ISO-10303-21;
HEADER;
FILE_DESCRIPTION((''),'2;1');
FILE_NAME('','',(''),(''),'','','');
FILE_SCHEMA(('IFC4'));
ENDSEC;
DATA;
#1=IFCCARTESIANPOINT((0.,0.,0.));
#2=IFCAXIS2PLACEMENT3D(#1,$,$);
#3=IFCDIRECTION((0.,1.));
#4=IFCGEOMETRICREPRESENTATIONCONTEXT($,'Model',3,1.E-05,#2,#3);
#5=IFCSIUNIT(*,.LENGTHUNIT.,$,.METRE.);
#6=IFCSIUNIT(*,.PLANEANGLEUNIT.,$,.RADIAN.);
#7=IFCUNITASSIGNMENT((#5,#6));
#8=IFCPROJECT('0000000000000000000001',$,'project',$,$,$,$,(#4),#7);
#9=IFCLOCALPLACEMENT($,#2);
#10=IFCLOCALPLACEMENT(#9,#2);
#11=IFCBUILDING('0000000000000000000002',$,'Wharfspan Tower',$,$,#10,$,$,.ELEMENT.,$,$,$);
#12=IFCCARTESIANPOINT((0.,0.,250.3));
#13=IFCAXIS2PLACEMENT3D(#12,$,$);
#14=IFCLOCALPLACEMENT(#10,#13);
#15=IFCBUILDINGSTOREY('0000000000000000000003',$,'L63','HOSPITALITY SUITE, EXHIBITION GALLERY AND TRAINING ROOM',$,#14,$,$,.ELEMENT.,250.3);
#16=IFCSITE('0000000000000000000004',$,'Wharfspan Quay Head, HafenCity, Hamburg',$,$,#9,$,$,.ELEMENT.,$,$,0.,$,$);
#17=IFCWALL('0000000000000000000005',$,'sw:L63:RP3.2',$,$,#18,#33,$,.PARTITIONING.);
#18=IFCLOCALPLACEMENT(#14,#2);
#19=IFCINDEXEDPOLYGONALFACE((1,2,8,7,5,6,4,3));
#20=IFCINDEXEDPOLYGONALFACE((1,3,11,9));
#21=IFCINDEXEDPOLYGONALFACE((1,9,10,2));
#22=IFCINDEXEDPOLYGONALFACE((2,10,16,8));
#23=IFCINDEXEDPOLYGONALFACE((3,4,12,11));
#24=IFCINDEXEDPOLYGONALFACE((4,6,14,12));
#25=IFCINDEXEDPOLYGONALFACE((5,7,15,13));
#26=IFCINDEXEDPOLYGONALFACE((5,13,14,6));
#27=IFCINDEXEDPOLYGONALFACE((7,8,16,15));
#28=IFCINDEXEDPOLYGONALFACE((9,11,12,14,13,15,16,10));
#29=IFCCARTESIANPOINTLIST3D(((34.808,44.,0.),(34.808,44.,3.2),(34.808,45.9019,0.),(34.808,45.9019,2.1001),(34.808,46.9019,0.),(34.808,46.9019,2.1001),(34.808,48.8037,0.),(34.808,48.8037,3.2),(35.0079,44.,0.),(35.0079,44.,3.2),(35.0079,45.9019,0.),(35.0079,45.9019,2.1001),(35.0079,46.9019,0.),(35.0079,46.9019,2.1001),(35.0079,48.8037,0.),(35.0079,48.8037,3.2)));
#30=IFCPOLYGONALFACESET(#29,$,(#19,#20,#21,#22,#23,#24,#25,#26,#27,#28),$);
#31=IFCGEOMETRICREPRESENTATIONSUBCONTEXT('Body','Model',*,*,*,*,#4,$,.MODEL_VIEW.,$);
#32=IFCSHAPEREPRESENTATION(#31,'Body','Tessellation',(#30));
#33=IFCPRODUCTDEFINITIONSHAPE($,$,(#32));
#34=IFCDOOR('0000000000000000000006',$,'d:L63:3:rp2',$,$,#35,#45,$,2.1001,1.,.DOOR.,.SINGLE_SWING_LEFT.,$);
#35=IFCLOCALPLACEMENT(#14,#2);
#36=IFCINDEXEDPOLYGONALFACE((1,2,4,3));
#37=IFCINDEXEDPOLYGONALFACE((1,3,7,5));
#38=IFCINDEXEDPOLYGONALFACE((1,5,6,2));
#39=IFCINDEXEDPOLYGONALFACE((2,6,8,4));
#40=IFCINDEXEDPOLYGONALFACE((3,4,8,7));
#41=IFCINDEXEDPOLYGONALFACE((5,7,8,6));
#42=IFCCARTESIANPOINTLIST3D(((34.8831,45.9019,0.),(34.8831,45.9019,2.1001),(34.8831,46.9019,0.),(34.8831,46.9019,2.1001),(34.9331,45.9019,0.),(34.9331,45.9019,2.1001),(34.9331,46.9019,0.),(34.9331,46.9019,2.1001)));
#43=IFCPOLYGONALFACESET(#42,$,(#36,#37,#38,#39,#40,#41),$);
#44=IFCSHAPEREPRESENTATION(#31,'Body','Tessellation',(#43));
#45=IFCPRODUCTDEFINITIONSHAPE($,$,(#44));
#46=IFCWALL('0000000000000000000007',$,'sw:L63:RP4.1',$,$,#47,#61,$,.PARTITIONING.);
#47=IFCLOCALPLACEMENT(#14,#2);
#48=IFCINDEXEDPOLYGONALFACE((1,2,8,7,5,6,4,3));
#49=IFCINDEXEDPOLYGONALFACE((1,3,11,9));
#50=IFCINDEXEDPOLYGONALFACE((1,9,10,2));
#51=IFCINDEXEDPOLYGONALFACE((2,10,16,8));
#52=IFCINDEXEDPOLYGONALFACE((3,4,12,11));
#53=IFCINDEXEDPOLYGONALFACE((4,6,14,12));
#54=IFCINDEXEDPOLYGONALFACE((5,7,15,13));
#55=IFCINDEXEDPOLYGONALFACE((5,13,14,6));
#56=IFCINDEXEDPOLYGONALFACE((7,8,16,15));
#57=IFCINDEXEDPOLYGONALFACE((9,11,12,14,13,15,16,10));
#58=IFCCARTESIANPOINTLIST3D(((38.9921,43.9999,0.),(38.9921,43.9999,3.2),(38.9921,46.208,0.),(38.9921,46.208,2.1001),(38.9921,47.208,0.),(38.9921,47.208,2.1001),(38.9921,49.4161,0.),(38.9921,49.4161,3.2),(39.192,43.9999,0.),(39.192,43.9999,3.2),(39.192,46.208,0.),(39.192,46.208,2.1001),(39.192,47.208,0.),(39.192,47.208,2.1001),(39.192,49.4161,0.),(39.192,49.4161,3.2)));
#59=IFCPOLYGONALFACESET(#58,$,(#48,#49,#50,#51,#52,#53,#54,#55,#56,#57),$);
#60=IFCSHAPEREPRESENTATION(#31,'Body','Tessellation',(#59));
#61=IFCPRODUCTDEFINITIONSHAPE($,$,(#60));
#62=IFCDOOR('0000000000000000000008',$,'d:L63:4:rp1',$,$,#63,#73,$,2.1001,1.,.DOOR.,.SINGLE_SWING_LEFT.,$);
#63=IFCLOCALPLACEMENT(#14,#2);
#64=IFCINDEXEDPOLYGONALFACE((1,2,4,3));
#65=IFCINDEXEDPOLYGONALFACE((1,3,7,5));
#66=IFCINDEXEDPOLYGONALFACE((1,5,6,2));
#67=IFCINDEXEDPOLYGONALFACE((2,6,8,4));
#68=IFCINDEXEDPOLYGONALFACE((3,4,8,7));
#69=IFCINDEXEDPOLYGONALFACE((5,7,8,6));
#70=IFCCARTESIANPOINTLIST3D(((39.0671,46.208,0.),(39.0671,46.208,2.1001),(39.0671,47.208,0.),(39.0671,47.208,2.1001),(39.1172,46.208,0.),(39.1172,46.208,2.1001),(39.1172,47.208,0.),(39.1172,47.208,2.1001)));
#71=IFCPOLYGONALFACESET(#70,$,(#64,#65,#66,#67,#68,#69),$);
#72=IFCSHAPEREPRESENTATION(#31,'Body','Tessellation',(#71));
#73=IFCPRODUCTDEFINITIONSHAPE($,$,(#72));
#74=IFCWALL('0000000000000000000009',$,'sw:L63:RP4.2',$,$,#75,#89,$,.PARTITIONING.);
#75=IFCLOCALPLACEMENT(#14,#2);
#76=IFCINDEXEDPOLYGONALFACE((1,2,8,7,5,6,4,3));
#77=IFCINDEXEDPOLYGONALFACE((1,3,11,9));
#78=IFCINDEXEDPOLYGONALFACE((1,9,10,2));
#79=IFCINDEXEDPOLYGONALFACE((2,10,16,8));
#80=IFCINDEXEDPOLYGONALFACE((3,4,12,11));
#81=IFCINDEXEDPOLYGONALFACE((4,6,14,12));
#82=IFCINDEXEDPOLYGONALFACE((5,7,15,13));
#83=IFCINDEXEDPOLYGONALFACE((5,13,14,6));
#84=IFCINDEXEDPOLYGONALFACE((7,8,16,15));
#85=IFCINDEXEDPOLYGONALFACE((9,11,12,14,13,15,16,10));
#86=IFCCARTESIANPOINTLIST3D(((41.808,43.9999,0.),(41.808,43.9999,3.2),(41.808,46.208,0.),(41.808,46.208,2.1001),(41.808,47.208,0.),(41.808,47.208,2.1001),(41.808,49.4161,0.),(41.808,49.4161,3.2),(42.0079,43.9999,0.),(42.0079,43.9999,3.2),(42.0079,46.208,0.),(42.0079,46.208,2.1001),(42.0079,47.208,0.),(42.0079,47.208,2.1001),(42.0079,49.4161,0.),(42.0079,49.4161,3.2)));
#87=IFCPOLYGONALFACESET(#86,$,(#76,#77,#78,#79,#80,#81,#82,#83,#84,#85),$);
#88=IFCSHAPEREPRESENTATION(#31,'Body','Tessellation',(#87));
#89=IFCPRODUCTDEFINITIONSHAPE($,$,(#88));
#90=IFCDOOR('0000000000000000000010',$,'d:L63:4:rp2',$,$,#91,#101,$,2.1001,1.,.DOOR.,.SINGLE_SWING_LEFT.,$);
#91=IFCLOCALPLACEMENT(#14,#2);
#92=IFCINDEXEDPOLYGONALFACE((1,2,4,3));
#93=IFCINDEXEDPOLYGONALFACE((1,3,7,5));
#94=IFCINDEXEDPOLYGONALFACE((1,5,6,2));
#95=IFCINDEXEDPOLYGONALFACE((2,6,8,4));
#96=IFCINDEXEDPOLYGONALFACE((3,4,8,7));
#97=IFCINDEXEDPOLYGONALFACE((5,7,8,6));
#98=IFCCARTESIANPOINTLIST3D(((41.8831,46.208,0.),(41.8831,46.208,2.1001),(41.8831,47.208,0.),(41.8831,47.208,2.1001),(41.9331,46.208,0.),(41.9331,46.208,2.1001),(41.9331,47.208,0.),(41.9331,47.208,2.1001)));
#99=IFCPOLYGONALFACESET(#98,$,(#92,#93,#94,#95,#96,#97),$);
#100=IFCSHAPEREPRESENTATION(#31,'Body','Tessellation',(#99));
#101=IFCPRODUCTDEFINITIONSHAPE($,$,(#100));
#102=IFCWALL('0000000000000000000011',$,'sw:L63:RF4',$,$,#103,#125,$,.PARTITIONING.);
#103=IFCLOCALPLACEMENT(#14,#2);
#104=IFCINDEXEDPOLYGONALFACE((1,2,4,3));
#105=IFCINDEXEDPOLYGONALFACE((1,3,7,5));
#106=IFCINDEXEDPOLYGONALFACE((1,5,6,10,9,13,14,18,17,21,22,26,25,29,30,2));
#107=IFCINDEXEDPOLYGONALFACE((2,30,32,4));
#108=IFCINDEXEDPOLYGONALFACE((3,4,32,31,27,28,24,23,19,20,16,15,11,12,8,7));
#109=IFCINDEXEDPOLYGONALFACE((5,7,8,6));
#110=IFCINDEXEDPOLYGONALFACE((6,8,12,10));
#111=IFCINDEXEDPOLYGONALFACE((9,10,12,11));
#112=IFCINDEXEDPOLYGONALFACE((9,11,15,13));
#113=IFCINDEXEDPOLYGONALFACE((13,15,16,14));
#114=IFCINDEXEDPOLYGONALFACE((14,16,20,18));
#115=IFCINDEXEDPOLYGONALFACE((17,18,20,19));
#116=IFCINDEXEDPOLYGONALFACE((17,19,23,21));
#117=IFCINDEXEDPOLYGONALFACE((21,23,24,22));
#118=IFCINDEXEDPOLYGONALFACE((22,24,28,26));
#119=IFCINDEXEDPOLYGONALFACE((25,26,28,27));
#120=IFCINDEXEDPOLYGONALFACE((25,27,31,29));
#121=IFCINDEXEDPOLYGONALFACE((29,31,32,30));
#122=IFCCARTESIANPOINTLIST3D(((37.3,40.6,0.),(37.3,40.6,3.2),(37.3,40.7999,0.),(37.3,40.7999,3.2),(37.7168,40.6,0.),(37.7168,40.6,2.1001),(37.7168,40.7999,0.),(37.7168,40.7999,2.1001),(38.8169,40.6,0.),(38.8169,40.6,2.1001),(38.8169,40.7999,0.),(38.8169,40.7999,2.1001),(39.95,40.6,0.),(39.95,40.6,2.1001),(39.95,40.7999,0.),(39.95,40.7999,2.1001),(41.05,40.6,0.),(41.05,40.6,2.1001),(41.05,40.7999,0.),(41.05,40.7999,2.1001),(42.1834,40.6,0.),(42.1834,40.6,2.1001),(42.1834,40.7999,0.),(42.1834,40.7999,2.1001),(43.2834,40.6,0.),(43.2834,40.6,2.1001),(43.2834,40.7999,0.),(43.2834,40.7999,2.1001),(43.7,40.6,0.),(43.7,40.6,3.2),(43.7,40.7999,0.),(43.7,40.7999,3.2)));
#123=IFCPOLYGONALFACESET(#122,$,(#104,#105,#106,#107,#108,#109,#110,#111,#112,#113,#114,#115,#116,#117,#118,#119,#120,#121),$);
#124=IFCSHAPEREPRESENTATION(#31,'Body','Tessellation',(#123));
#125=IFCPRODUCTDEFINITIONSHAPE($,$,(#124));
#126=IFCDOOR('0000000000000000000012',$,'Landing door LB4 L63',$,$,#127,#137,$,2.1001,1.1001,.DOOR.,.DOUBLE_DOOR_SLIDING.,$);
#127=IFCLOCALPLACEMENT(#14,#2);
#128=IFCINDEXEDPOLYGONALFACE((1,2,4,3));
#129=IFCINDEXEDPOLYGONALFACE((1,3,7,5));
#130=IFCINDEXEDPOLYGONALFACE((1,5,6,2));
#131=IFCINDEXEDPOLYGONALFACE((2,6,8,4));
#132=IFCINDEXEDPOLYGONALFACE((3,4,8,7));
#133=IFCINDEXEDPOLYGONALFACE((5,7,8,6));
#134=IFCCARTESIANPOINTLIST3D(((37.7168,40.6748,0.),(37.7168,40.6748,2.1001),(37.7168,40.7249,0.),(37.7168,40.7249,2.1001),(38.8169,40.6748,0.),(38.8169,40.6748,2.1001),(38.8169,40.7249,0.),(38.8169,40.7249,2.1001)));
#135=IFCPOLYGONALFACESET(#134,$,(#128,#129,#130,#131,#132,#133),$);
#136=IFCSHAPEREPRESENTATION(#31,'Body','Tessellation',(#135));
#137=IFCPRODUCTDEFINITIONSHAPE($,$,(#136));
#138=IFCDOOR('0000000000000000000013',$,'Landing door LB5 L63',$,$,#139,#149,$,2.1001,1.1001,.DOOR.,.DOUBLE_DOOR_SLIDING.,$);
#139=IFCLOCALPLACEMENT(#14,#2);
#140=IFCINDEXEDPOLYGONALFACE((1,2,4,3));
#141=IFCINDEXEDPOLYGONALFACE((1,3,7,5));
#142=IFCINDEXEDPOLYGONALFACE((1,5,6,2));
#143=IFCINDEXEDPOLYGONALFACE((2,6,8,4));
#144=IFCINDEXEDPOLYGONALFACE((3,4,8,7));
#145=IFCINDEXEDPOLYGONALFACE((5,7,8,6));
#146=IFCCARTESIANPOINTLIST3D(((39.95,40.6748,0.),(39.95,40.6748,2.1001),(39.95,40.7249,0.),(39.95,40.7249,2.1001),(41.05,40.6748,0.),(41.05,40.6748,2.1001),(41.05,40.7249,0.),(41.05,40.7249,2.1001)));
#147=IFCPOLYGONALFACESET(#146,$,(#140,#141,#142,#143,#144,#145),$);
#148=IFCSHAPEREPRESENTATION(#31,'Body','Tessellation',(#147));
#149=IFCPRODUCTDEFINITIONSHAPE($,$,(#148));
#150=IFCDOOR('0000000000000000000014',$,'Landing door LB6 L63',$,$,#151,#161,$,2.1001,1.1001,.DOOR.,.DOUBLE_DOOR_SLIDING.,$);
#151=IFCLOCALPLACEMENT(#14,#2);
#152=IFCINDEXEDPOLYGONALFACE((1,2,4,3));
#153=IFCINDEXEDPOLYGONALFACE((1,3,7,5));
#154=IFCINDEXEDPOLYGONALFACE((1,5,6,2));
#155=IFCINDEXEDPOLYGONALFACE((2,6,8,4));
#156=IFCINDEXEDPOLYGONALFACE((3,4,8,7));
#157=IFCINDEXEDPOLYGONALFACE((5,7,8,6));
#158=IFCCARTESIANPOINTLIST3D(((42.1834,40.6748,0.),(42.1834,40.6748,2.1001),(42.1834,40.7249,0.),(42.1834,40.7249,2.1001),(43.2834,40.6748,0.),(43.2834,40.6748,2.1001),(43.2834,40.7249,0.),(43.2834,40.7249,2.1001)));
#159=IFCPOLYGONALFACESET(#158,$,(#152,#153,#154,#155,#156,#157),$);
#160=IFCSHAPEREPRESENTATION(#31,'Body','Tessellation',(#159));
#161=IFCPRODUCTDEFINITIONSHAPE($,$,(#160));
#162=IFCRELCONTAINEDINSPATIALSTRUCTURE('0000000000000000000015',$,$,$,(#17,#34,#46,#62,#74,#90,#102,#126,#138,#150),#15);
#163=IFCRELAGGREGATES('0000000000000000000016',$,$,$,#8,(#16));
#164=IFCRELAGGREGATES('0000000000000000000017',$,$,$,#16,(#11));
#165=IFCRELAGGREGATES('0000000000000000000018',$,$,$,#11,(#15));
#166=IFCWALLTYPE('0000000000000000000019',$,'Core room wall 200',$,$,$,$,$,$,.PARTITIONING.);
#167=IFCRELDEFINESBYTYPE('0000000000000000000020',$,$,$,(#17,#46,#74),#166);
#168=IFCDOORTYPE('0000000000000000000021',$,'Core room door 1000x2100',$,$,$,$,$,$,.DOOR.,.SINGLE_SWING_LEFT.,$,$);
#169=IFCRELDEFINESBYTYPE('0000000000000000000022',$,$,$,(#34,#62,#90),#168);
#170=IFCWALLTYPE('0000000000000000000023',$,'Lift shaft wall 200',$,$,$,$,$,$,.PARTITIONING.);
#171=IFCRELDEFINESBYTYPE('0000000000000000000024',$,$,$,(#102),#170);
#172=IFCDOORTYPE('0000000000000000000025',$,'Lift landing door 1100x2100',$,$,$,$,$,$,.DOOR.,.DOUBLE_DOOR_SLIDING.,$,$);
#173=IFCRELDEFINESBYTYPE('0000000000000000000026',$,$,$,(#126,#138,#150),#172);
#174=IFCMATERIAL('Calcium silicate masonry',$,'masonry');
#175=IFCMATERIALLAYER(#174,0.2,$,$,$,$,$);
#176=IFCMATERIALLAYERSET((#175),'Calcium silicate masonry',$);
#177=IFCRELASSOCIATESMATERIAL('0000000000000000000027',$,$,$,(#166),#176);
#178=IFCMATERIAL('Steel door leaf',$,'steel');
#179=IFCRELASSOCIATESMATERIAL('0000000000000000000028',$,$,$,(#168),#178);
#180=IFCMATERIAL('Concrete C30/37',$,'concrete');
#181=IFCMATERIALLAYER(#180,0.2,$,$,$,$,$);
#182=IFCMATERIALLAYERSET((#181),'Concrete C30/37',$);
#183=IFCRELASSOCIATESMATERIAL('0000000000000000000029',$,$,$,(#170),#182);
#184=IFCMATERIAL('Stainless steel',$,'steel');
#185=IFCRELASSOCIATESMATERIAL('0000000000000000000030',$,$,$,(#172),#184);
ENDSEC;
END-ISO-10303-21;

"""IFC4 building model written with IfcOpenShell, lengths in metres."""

from ifc_helpers import new_model, si_unit, direction, frame, frame_2d, origin, place, context, subcontext, project, spatial, rectangle, extrude, material, layer, layer_set, type_object, element, fill, save


model = new_model("IFC4")

# Units and contexts
model_context = context("Model", 3, precision=1e-05, world=origin(), true_north=direction((0.0, 1.0)))
body_context = subcontext(model_context, "Body", "Model", "MODEL_VIEW")
ifc_project = project(units=[si_unit("LENGTHUNIT", "METRE"), si_unit("PLANEANGLEUNIT", "RADIAN")], contexts=[model_context])

# Site, building, storey
site_placement = place(None, origin())
site = spatial("IfcSite", under=ifc_project, at=site_placement, Name="Wharfspan Quay Head, HafenCity, Hamburg", CompositionType="ELEMENT", RefElevation=0.0)
building_placement = place(site_placement, origin())
building = spatial("IfcBuilding", under=site, at=building_placement, Name="Wharfspan Tower", CompositionType="ELEMENT")
storey_placement = place(building_placement, frame((0.0, 0.0, 250.3)))
storey = spatial("IfcBuildingStorey", under=building, at=storey_placement, Name="L63", Description="HOSPITALITY SUITE, EXHIBITION GALLERY AND TRAINING ROOM", CompositionType="ELEMENT", Elevation=250.3)

# Walls, openings, doors
ifc_material_1 = material(Name="Calcium silicate masonry", Category="masonry")
ifc_layer_1 = layer(ifc_material_1, 0.2)
ifc_layer_set_1 = layer_set([ifc_layer_1], Name="Calcium silicate masonry")
wall_type_1 = type_object("IfcWallType", Name="Core room wall 200", PredefinedType="PARTITIONING", material=ifc_layer_set_1)
ifc_material_2 = material(Name="Steel door leaf", Category="steel")
door_type_1 = type_object("IfcDoorType", Name="Core room door 1000x2100", OperationType="SINGLE_SWING_LEFT", PredefinedType="DOOR", material=ifc_material_2)
wall_1_placement = place(storey_placement, frame((34.908, 44.0, 0.0), z_axis=(0.0, 0.0, 1.0), x_axis=(0.0, 1.0, 0.0)))
wall_1 = element("IfcWall", 1, at=wall_1_placement, inside=storey, type_object=wall_type_1, Name="sw:L63:RP3.2", PredefinedType="PARTITIONING", context=body_context, shape_type="SweptSolid", body=[
    extrude(rectangle(XDim=4.8037, YDim=0.2, at=frame_2d((2.4019, 0.0))), origin(), (0.0, 0.0, 1.0), 3.2),
])
opening_1_placement = place(wall_1_placement, frame((1.9019, 0.0, 0.0)))
opening_1 = element("IfcOpeningElement", 2, at=opening_1_placement, cuts=wall_1, PredefinedType="OPENING", context=body_context, shape_type="SweptSolid", body=[
    extrude(rectangle(XDim=1.0, YDim=2.1001, at=frame_2d((0.5, 1.05))), frame((0.0, 0.1099, 0.0), z_axis=(0.0, -1.0, 0.0), x_axis=(1.0, 0.0, 0.0)), (0.0, 0.0, 1.0), 0.22),
])
door_1_placement = place(opening_1_placement, origin())
door_1 = element("IfcDoor", 3, at=door_1_placement, inside=storey, type_object=door_type_1, Name="d:L63:3:rp2", OperationType="SINGLE_SWING_LEFT", OverallHeight=2.1001, OverallWidth=1.0, PredefinedType="DOOR", context=body_context, shape_type="SweptSolid", body=[
    extrude(rectangle(XDim=1.0, YDim=2.1001, at=frame_2d((0.5, 1.05))), frame((0.0, 0.0249, 0.0), z_axis=(0.0, -1.0, 0.0), x_axis=(1.0, 0.0, 0.0)), (0.0, 0.0, 1.0), 0.05),
])
fill(opening_1, door_1)
wall_2_placement = place(storey_placement, frame((39.092, 44.0, 0.0), z_axis=(0.0, 0.0, 1.0), x_axis=(0.0, 1.0, 0.0)))
wall_2 = element("IfcWall", 4, at=wall_2_placement, inside=storey, type_object=wall_type_1, Name="sw:L63:RP4.1", PredefinedType="PARTITIONING", context=body_context, shape_type="SweptSolid", body=[
    extrude(rectangle(XDim=5.4163, YDim=0.2, at=frame_2d((2.708, 0.0))), origin(), (0.0, 0.0, 1.0), 3.2),
])
opening_2_placement = place(wall_2_placement, frame((2.208, 0.0, 0.0)))
opening_2 = element("IfcOpeningElement", 5, at=opening_2_placement, cuts=wall_2, PredefinedType="OPENING", context=body_context, shape_type="SweptSolid", body=[
    extrude(rectangle(XDim=1.0, YDim=2.1001, at=frame_2d((0.5, 1.05))), frame((0.0, 0.1099, 0.0), z_axis=(0.0, -1.0, 0.0), x_axis=(1.0, 0.0, 0.0)), (0.0, 0.0, 1.0), 0.22),
])
door_2_placement = place(opening_2_placement, origin())
door_2 = element("IfcDoor", 6, at=door_2_placement, inside=storey, type_object=door_type_1, Name="d:L63:4:rp1", OperationType="SINGLE_SWING_LEFT", OverallHeight=2.1001, OverallWidth=1.0, PredefinedType="DOOR", context=body_context, shape_type="SweptSolid", body=[
    extrude(rectangle(XDim=1.0, YDim=2.1001, at=frame_2d((0.5, 1.05))), frame((0.0, 0.0249, 0.0), z_axis=(0.0, -1.0, 0.0), x_axis=(1.0, 0.0, 0.0)), (0.0, 0.0, 1.0), 0.05),
])
fill(opening_2, door_2)
wall_3_placement = place(storey_placement, frame((41.908, 44.0, 0.0), z_axis=(0.0, 0.0, 1.0), x_axis=(0.0, 1.0, 0.0)))
wall_3 = element("IfcWall", 7, at=wall_3_placement, inside=storey, type_object=wall_type_1, Name="sw:L63:RP4.2", PredefinedType="PARTITIONING", context=body_context, shape_type="SweptSolid", body=[
    extrude(rectangle(XDim=5.4163, YDim=0.2, at=frame_2d((2.708, 0.0))), origin(), (0.0, 0.0, 1.0), 3.2),
])
opening_3_placement = place(wall_3_placement, frame((2.208, 0.0, 0.0)))
opening_3 = element("IfcOpeningElement", 8, at=opening_3_placement, cuts=wall_3, PredefinedType="OPENING", context=body_context, shape_type="SweptSolid", body=[
    extrude(rectangle(XDim=1.0, YDim=2.1001, at=frame_2d((0.5, 1.05))), frame((0.0, 0.1099, 0.0), z_axis=(0.0, -1.0, 0.0), x_axis=(1.0, 0.0, 0.0)), (0.0, 0.0, 1.0), 0.22),
])
door_3_placement = place(opening_3_placement, origin())
door_3 = element("IfcDoor", 9, at=door_3_placement, inside=storey, type_object=door_type_1, Name="d:L63:4:rp2", OperationType="SINGLE_SWING_LEFT", OverallHeight=2.1001, OverallWidth=1.0, PredefinedType="DOOR", context=body_context, shape_type="SweptSolid", body=[
    extrude(rectangle(XDim=1.0, YDim=2.1001, at=frame_2d((0.5, 1.05))), frame((0.0, 0.0249, 0.0), z_axis=(0.0, -1.0, 0.0), x_axis=(1.0, 0.0, 0.0)), (0.0, 0.0, 1.0), 0.05),
])
fill(opening_3, door_3)

# Wall, openings, doors
ifc_material_3 = material(Name="Concrete C30/37", Category="concrete")
ifc_layer_2 = layer(ifc_material_3, 0.2)
ifc_layer_set_2 = layer_set([ifc_layer_2], Name="Concrete C30/37")
wall_type_2 = type_object("IfcWallType", Name="Lift shaft wall 200", PredefinedType="PARTITIONING", material=ifc_layer_set_2)
wall_4_placement = place(storey_placement, frame((37.3, 40.7, 0.0), z_axis=(0.0, 0.0, 1.0), x_axis=(1.0, 0.0, 0.0)))
wall_4 = element("IfcWall", 10, at=wall_4_placement, inside=storey, type_object=wall_type_2, Name="sw:L63:RF4", PredefinedType="PARTITIONING", context=body_context, shape_type="SweptSolid", body=[
    extrude(rectangle(XDim=6.3999, YDim=0.2, at=frame_2d((3.2, 0.0))), origin(), (0.0, 0.0, 1.0), 3.2),
])
opening_4_placement = place(wall_4_placement, frame((0.4167, 0.0, 0.0)))
opening_4 = element("IfcOpeningElement", 11, at=opening_4_placement, cuts=wall_4, PredefinedType="OPENING", context=body_context, shape_type="SweptSolid", body=[
    extrude(rectangle(XDim=1.1001, YDim=2.1001, at=frame_2d((0.55, 1.05))), frame((0.0, 0.1099, 0.0), z_axis=(0.0, -1.0, 0.0), x_axis=(1.0, 0.0, 0.0)), (0.0, 0.0, 1.0), 0.22),
])
opening_5_placement = place(wall_4_placement, frame((2.6499, 0.0, 0.0)))
opening_5 = element("IfcOpeningElement", 12, at=opening_5_placement, cuts=wall_4, PredefinedType="OPENING", context=body_context, shape_type="SweptSolid", body=[
    extrude(rectangle(XDim=1.1001, YDim=2.1001, at=frame_2d((0.55, 1.05))), frame((0.0, 0.1099, 0.0), z_axis=(0.0, -1.0, 0.0), x_axis=(1.0, 0.0, 0.0)), (0.0, 0.0, 1.0), 0.22),
])
opening_6_placement = place(wall_4_placement, frame((4.8833, 0.0, 0.0)))
opening_6 = element("IfcOpeningElement", 13, at=opening_6_placement, cuts=wall_4, PredefinedType="OPENING", context=body_context, shape_type="SweptSolid", body=[
    extrude(rectangle(XDim=1.1001, YDim=2.1001, at=frame_2d((0.55, 1.05))), frame((0.0, 0.1099, 0.0), z_axis=(0.0, -1.0, 0.0), x_axis=(1.0, 0.0, 0.0)), (0.0, 0.0, 1.0), 0.22),
])
ifc_material_4 = material(Name="Stainless steel", Category="steel")
door_type_2 = type_object("IfcDoorType", Name="Lift landing door 1100x2100", OperationType="DOUBLE_DOOR_SLIDING", PredefinedType="DOOR", material=ifc_material_4)
door_4_placement = place(opening_4_placement, origin())
door_4 = element("IfcDoor", 14, at=door_4_placement, inside=storey, type_object=door_type_2, Name="Landing door LB4 L63", OperationType="DOUBLE_DOOR_SLIDING", OverallHeight=2.1001, OverallWidth=1.1001, PredefinedType="DOOR", context=body_context, shape_type="SweptSolid", body=[
    extrude(rectangle(XDim=1.1001, YDim=2.1001, at=frame_2d((0.55, 1.05))), frame((0.0, 0.0249, 0.0), z_axis=(0.0, -1.0, 0.0), x_axis=(1.0, 0.0, 0.0)), (0.0, 0.0, 1.0), 0.05),
])
fill(opening_4, door_4)
door_5_placement = place(opening_5_placement, origin())
door_5 = element("IfcDoor", 15, at=door_5_placement, inside=storey, type_object=door_type_2, Name="Landing door LB5 L63", OperationType="DOUBLE_DOOR_SLIDING", OverallHeight=2.1001, OverallWidth=1.1001, PredefinedType="DOOR", context=body_context, shape_type="SweptSolid", body=[
    extrude(rectangle(XDim=1.1001, YDim=2.1001, at=frame_2d((0.55, 1.05))), frame((0.0, 0.0249, 0.0), z_axis=(0.0, -1.0, 0.0), x_axis=(1.0, 0.0, 0.0)), (0.0, 0.0, 1.0), 0.05),
])
fill(opening_5, door_5)
door_6_placement = place(opening_6_placement, origin())
door_6 = element("IfcDoor", 16, at=door_6_placement, inside=storey, type_object=door_type_2, Name="Landing door LB6 L63", OperationType="DOUBLE_DOOR_SLIDING", OverallHeight=2.1001, OverallWidth=1.1001, PredefinedType="DOOR", context=body_context, shape_type="SweptSolid", body=[
    extrude(rectangle(XDim=1.1001, YDim=2.1001, at=frame_2d((0.55, 1.05))), frame((0.0, 0.0249, 0.0), z_axis=(0.0, -1.0, 0.0), x_axis=(1.0, 0.0, 0.0)), (0.0, 0.0, 1.0), 0.05),
])
fill(opening_6, door_6)

save(model, "model.ifc")
